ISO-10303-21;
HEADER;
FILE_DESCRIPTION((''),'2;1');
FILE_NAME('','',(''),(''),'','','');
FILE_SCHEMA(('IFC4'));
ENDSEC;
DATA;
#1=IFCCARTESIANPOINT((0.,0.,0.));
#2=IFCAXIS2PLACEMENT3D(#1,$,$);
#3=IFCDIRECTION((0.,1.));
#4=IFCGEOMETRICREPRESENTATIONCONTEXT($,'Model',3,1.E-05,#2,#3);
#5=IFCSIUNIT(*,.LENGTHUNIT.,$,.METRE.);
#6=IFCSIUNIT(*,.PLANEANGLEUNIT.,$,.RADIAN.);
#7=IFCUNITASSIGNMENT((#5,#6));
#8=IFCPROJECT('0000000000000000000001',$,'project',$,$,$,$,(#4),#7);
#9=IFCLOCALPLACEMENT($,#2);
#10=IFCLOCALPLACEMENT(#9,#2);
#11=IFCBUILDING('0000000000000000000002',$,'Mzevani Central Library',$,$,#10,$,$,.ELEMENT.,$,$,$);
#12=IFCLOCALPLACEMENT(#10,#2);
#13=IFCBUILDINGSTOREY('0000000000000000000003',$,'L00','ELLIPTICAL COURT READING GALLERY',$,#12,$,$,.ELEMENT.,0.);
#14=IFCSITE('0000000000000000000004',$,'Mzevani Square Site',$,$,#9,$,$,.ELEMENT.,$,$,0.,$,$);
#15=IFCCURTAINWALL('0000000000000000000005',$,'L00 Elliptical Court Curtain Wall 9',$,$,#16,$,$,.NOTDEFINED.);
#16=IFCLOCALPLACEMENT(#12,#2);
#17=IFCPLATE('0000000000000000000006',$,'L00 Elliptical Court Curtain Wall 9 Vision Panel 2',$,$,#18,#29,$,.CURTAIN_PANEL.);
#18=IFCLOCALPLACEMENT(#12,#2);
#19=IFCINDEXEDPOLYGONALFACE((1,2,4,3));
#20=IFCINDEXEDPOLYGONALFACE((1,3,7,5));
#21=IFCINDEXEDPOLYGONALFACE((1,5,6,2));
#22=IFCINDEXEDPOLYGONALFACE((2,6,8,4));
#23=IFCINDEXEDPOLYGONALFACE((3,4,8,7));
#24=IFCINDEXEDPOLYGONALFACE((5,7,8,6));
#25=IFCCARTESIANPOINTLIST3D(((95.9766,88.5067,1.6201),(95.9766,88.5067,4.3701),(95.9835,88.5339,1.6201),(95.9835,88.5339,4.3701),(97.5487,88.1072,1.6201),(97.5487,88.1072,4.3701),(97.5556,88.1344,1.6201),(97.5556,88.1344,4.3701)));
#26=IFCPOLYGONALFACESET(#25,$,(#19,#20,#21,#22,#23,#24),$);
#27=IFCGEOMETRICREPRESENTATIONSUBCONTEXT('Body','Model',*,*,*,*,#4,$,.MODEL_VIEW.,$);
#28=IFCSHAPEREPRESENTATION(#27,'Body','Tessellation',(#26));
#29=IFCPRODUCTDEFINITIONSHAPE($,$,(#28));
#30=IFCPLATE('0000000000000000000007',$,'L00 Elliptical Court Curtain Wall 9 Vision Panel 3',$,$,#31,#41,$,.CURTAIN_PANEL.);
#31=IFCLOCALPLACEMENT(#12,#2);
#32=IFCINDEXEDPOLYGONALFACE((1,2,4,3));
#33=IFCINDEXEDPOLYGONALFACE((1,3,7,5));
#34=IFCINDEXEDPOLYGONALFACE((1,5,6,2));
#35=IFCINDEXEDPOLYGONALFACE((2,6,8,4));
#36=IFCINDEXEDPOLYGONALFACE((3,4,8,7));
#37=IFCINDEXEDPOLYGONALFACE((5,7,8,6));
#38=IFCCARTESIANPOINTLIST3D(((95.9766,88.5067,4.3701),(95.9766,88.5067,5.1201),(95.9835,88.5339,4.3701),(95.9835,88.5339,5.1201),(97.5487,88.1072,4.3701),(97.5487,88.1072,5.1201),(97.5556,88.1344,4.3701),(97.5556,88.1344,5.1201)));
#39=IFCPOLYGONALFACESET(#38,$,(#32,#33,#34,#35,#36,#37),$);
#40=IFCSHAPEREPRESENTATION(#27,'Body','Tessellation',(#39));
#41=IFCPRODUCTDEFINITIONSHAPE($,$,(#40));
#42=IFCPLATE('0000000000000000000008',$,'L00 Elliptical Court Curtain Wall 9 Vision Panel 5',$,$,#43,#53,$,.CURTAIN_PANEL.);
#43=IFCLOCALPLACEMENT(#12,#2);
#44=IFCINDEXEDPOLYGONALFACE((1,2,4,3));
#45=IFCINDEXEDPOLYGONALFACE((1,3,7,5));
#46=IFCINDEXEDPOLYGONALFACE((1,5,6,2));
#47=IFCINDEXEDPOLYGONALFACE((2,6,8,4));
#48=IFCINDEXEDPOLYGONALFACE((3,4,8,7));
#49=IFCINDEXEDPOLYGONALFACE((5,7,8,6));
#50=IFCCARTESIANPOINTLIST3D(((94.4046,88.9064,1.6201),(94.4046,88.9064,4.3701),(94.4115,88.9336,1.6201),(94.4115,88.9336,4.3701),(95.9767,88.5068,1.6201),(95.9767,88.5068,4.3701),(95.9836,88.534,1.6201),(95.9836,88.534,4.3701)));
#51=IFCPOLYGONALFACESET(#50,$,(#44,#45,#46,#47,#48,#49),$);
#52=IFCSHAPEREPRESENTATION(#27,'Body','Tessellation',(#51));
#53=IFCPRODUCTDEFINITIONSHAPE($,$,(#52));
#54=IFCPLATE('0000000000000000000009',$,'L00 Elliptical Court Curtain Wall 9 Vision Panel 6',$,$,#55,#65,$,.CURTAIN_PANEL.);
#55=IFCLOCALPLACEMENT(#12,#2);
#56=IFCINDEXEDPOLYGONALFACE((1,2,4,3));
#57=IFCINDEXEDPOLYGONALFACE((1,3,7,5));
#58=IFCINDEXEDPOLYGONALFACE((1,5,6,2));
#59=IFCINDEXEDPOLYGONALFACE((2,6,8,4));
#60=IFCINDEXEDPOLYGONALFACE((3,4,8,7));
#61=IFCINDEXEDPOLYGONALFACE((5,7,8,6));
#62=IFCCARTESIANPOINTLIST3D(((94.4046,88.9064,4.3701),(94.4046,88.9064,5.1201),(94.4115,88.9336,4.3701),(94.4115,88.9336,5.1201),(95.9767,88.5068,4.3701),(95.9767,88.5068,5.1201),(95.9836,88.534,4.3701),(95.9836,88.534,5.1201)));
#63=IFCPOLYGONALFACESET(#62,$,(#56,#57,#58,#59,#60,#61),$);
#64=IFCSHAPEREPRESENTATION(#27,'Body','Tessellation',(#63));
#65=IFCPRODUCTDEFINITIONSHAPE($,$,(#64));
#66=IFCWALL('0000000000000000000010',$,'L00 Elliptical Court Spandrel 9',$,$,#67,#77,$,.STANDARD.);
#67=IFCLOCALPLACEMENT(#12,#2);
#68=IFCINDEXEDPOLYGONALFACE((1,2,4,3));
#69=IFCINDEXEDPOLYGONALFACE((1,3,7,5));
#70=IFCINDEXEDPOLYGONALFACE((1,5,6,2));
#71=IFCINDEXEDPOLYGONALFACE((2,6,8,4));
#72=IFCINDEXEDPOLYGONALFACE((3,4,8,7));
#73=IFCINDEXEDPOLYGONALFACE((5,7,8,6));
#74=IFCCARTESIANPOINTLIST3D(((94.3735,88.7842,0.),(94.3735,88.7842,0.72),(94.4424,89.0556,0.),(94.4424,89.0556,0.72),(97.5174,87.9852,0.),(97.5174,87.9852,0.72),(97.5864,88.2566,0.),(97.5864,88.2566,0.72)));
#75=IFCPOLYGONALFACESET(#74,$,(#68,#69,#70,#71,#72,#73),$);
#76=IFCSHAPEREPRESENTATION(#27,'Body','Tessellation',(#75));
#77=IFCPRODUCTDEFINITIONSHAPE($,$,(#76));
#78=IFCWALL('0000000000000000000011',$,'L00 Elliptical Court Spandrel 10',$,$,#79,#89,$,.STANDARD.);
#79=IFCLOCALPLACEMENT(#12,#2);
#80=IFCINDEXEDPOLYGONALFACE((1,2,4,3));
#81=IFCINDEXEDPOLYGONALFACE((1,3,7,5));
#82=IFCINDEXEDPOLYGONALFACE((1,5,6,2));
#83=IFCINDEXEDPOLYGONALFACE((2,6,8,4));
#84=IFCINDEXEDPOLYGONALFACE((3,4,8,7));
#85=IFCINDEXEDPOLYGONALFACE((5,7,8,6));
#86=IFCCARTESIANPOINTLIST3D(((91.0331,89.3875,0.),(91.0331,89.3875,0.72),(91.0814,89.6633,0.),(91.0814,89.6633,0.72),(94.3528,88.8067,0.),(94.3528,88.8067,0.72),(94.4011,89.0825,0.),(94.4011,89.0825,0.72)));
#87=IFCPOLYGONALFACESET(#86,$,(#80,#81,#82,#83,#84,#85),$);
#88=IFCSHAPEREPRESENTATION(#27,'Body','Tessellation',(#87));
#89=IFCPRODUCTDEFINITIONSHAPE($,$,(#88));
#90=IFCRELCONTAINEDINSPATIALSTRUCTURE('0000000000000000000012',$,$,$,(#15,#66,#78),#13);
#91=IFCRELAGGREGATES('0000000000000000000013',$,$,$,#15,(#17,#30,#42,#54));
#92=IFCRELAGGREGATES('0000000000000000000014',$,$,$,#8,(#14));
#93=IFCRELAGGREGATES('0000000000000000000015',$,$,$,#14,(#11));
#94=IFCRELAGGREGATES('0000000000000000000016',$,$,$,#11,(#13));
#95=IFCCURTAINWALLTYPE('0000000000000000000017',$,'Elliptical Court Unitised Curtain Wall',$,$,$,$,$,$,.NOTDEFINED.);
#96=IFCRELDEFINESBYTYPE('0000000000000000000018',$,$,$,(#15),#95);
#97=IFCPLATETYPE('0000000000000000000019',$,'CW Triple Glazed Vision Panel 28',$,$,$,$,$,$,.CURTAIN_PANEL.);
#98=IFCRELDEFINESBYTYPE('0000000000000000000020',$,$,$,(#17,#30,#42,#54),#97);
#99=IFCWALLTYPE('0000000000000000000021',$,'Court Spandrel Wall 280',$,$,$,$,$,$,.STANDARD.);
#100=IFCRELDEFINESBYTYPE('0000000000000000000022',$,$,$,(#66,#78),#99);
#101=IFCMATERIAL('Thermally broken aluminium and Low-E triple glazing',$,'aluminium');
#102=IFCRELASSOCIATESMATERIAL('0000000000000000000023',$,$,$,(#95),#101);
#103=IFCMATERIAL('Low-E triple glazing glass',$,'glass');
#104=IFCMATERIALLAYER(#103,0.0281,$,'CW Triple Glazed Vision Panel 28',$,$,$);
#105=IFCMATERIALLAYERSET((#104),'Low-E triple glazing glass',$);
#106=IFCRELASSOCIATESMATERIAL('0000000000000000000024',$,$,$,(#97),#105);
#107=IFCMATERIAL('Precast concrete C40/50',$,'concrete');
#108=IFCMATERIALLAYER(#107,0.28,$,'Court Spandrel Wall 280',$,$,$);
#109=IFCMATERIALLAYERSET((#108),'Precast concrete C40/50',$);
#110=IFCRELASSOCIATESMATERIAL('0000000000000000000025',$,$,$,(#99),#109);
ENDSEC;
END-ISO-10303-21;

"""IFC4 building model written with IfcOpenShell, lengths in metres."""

from ifc_helpers import new_model, si_unit, direction, frame, frame_2d, origin, origin_2d, place, context, subcontext, project, spatial, rectangle, extrude, material, layer, layer_set, type_object, element, aggregate, save


model = new_model("IFC4")

# Units and contexts
model_context = context("Model", 3, precision=1e-05, world=origin(), true_north=direction((0.0, 1.0)))
body_context = subcontext(model_context, "Body", "Model", "MODEL_VIEW")
ifc_project = project(units=[si_unit("LENGTHUNIT", "METRE"), si_unit("PLANEANGLEUNIT", "RADIAN")], contexts=[model_context])

# Site, building, storey
site_placement = place(None, origin())
site = spatial("IfcSite", under=ifc_project, at=site_placement, Name="Mzevani Square Site", CompositionType="ELEMENT", RefElevation=0.0)
building_placement = place(site_placement, origin())
building = spatial("IfcBuilding", under=site, at=building_placement, Name="Mzevani Central Library", CompositionType="ELEMENT")
storey_placement = place(building_placement, origin())
storey = spatial("IfcBuildingStorey", under=building, at=storey_placement, Name="L00", Description="ELLIPTICAL COURT READING GALLERY", CompositionType="ELEMENT", Elevation=0.0)

# Curtain wall
ifc_material_1 = material(Name="Thermally broken aluminium and Low-E triple glazing", Category="aluminium")
curtain_wall_type_1 = type_object("IfcCurtainWallType", Name="Elliptical Court Unitised Curtain Wall", PredefinedType="NOTDEFINED", material=ifc_material_1)
curtain_wall_1_placement = place(storey_placement, origin())
curtain_wall_1 = element("IfcCurtainWall", 1, at=curtain_wall_1_placement, inside=storey, type_object=curtain_wall_type_1, Name="L00 Elliptical Court Curtain Wall 9", PredefinedType="NOTDEFINED")

# Plates
ifc_material_2 = material(Name="Low-E triple glazing glass", Category="glass")
ifc_layer_1 = layer(ifc_material_2, 0.0281, Name="CW Triple Glazed Vision Panel 28")
ifc_layer_set_1 = layer_set([ifc_layer_1], Name="Low-E triple glazing glass")
plate_type_1 = type_object("IfcPlateType", Name="CW Triple Glazed Vision Panel 28", PredefinedType="CURTAIN_PANEL", material=ifc_layer_set_1)
plate_1_placement = place(storey_placement, frame((96.7661, 88.3206, 1.6201), z_axis=(0.0, 0.0, 1.0), x_axis=(-0.969187, 0.246328, 0.0)))
plate_1 = element("IfcPlate", 2, at=plate_1_placement, type_object=plate_type_1, Name="L00 Elliptical Court Curtain Wall 9 Vision Panel 2", PredefinedType="CURTAIN_PANEL", context=body_context, shape_type="SweptSolid", body=[
    extrude(rectangle(XDim=1.6221, YDim=0.0281, at=origin_2d()), origin(), (0.0, 0.0, 1.0), 2.75),
])
plate_2_placement = place(storey_placement, frame((96.7661, 88.3206, 4.3701), z_axis=(0.0, 0.0, 1.0), x_axis=(-0.969187, 0.246328, 0.0)))
plate_2 = element("IfcPlate", 3, at=plate_2_placement, type_object=plate_type_1, Name="L00 Elliptical Court Curtain Wall 9 Vision Panel 3", PredefinedType="CURTAIN_PANEL", context=body_context, shape_type="SweptSolid", body=[
    extrude(rectangle(XDim=1.6221, YDim=0.0281, at=origin_2d()), origin(), (0.0, 0.0, 1.0), 0.75),
])
plate_3_placement = place(storey_placement, frame((95.1941, 88.7202, 1.6201), z_axis=(0.0, 0.0, 1.0), x_axis=(-0.969187, 0.246328, 0.0)))
plate_3 = element("IfcPlate", 4, at=plate_3_placement, type_object=plate_type_1, Name="L00 Elliptical Court Curtain Wall 9 Vision Panel 5", PredefinedType="CURTAIN_PANEL", context=body_context, shape_type="SweptSolid", body=[
    extrude(rectangle(XDim=1.6221, YDim=0.0281, at=origin_2d()), origin(), (0.0, 0.0, 1.0), 2.75),
])
plate_4_placement = place(storey_placement, frame((95.1941, 88.7202, 4.3701), z_axis=(0.0, 0.0, 1.0), x_axis=(-0.969187, 0.246328, 0.0)))
plate_4 = element("IfcPlate", 5, at=plate_4_placement, type_object=plate_type_1, Name="L00 Elliptical Court Curtain Wall 9 Vision Panel 6", PredefinedType="CURTAIN_PANEL", context=body_context, shape_type="SweptSolid", body=[
    extrude(rectangle(XDim=1.6221, YDim=0.0281, at=origin_2d()), origin(), (0.0, 0.0, 1.0), 0.75),
])
aggregate(curtain_wall_1, [plate_1, plate_2, plate_3, plate_4])

# Walls
ifc_material_3 = material(Name="Precast concrete C40/50", Category="concrete")
ifc_layer_2 = layer(ifc_material_3, 0.28, Name="Court Spandrel Wall 280")
ifc_layer_set_2 = layer_set([ifc_layer_2], Name="Precast concrete C40/50")
wall_type = type_object("IfcWallType", Name="Court Spandrel Wall 280", PredefinedType="STANDARD", material=ifc_layer_set_2)
wall_1_placement = place(storey_placement, frame((97.552, 88.1208, 0.0), z_axis=(0.0, 0.0, 1.0), x_axis=(-0.969188, 0.246323, 0.0)))
element("IfcWall", 6, at=wall_1_placement, inside=storey, type_object=wall_type, Name="L00 Elliptical Court Spandrel 9", PredefinedType="STANDARD", context=body_context, shape_type="SweptSolid", body=[
    extrude(rectangle(XDim=3.2439, YDim=0.28, at=frame_2d((1.6221, 0.0))), origin(), (0.0, 0.0, 1.0), 0.72),
])
wall_2_placement = place(storey_placement, frame((94.377, 88.9446, 0.0), z_axis=(0.0, 0.0, 1.0), x_axis=(-0.985036, 0.172347, 0.0)))
element("IfcWall", 7, at=wall_2_placement, inside=storey, type_object=wall_type, Name="L00 Elliptical Court Spandrel 10", PredefinedType="STANDARD", context=body_context, shape_type="SweptSolid", body=[
    extrude(rectangle(XDim=3.3701, YDim=0.28, at=frame_2d((1.6851, 0.0))), origin(), (0.0, 0.0, 1.0), 0.72),
])

save(model, "model.ifc")
